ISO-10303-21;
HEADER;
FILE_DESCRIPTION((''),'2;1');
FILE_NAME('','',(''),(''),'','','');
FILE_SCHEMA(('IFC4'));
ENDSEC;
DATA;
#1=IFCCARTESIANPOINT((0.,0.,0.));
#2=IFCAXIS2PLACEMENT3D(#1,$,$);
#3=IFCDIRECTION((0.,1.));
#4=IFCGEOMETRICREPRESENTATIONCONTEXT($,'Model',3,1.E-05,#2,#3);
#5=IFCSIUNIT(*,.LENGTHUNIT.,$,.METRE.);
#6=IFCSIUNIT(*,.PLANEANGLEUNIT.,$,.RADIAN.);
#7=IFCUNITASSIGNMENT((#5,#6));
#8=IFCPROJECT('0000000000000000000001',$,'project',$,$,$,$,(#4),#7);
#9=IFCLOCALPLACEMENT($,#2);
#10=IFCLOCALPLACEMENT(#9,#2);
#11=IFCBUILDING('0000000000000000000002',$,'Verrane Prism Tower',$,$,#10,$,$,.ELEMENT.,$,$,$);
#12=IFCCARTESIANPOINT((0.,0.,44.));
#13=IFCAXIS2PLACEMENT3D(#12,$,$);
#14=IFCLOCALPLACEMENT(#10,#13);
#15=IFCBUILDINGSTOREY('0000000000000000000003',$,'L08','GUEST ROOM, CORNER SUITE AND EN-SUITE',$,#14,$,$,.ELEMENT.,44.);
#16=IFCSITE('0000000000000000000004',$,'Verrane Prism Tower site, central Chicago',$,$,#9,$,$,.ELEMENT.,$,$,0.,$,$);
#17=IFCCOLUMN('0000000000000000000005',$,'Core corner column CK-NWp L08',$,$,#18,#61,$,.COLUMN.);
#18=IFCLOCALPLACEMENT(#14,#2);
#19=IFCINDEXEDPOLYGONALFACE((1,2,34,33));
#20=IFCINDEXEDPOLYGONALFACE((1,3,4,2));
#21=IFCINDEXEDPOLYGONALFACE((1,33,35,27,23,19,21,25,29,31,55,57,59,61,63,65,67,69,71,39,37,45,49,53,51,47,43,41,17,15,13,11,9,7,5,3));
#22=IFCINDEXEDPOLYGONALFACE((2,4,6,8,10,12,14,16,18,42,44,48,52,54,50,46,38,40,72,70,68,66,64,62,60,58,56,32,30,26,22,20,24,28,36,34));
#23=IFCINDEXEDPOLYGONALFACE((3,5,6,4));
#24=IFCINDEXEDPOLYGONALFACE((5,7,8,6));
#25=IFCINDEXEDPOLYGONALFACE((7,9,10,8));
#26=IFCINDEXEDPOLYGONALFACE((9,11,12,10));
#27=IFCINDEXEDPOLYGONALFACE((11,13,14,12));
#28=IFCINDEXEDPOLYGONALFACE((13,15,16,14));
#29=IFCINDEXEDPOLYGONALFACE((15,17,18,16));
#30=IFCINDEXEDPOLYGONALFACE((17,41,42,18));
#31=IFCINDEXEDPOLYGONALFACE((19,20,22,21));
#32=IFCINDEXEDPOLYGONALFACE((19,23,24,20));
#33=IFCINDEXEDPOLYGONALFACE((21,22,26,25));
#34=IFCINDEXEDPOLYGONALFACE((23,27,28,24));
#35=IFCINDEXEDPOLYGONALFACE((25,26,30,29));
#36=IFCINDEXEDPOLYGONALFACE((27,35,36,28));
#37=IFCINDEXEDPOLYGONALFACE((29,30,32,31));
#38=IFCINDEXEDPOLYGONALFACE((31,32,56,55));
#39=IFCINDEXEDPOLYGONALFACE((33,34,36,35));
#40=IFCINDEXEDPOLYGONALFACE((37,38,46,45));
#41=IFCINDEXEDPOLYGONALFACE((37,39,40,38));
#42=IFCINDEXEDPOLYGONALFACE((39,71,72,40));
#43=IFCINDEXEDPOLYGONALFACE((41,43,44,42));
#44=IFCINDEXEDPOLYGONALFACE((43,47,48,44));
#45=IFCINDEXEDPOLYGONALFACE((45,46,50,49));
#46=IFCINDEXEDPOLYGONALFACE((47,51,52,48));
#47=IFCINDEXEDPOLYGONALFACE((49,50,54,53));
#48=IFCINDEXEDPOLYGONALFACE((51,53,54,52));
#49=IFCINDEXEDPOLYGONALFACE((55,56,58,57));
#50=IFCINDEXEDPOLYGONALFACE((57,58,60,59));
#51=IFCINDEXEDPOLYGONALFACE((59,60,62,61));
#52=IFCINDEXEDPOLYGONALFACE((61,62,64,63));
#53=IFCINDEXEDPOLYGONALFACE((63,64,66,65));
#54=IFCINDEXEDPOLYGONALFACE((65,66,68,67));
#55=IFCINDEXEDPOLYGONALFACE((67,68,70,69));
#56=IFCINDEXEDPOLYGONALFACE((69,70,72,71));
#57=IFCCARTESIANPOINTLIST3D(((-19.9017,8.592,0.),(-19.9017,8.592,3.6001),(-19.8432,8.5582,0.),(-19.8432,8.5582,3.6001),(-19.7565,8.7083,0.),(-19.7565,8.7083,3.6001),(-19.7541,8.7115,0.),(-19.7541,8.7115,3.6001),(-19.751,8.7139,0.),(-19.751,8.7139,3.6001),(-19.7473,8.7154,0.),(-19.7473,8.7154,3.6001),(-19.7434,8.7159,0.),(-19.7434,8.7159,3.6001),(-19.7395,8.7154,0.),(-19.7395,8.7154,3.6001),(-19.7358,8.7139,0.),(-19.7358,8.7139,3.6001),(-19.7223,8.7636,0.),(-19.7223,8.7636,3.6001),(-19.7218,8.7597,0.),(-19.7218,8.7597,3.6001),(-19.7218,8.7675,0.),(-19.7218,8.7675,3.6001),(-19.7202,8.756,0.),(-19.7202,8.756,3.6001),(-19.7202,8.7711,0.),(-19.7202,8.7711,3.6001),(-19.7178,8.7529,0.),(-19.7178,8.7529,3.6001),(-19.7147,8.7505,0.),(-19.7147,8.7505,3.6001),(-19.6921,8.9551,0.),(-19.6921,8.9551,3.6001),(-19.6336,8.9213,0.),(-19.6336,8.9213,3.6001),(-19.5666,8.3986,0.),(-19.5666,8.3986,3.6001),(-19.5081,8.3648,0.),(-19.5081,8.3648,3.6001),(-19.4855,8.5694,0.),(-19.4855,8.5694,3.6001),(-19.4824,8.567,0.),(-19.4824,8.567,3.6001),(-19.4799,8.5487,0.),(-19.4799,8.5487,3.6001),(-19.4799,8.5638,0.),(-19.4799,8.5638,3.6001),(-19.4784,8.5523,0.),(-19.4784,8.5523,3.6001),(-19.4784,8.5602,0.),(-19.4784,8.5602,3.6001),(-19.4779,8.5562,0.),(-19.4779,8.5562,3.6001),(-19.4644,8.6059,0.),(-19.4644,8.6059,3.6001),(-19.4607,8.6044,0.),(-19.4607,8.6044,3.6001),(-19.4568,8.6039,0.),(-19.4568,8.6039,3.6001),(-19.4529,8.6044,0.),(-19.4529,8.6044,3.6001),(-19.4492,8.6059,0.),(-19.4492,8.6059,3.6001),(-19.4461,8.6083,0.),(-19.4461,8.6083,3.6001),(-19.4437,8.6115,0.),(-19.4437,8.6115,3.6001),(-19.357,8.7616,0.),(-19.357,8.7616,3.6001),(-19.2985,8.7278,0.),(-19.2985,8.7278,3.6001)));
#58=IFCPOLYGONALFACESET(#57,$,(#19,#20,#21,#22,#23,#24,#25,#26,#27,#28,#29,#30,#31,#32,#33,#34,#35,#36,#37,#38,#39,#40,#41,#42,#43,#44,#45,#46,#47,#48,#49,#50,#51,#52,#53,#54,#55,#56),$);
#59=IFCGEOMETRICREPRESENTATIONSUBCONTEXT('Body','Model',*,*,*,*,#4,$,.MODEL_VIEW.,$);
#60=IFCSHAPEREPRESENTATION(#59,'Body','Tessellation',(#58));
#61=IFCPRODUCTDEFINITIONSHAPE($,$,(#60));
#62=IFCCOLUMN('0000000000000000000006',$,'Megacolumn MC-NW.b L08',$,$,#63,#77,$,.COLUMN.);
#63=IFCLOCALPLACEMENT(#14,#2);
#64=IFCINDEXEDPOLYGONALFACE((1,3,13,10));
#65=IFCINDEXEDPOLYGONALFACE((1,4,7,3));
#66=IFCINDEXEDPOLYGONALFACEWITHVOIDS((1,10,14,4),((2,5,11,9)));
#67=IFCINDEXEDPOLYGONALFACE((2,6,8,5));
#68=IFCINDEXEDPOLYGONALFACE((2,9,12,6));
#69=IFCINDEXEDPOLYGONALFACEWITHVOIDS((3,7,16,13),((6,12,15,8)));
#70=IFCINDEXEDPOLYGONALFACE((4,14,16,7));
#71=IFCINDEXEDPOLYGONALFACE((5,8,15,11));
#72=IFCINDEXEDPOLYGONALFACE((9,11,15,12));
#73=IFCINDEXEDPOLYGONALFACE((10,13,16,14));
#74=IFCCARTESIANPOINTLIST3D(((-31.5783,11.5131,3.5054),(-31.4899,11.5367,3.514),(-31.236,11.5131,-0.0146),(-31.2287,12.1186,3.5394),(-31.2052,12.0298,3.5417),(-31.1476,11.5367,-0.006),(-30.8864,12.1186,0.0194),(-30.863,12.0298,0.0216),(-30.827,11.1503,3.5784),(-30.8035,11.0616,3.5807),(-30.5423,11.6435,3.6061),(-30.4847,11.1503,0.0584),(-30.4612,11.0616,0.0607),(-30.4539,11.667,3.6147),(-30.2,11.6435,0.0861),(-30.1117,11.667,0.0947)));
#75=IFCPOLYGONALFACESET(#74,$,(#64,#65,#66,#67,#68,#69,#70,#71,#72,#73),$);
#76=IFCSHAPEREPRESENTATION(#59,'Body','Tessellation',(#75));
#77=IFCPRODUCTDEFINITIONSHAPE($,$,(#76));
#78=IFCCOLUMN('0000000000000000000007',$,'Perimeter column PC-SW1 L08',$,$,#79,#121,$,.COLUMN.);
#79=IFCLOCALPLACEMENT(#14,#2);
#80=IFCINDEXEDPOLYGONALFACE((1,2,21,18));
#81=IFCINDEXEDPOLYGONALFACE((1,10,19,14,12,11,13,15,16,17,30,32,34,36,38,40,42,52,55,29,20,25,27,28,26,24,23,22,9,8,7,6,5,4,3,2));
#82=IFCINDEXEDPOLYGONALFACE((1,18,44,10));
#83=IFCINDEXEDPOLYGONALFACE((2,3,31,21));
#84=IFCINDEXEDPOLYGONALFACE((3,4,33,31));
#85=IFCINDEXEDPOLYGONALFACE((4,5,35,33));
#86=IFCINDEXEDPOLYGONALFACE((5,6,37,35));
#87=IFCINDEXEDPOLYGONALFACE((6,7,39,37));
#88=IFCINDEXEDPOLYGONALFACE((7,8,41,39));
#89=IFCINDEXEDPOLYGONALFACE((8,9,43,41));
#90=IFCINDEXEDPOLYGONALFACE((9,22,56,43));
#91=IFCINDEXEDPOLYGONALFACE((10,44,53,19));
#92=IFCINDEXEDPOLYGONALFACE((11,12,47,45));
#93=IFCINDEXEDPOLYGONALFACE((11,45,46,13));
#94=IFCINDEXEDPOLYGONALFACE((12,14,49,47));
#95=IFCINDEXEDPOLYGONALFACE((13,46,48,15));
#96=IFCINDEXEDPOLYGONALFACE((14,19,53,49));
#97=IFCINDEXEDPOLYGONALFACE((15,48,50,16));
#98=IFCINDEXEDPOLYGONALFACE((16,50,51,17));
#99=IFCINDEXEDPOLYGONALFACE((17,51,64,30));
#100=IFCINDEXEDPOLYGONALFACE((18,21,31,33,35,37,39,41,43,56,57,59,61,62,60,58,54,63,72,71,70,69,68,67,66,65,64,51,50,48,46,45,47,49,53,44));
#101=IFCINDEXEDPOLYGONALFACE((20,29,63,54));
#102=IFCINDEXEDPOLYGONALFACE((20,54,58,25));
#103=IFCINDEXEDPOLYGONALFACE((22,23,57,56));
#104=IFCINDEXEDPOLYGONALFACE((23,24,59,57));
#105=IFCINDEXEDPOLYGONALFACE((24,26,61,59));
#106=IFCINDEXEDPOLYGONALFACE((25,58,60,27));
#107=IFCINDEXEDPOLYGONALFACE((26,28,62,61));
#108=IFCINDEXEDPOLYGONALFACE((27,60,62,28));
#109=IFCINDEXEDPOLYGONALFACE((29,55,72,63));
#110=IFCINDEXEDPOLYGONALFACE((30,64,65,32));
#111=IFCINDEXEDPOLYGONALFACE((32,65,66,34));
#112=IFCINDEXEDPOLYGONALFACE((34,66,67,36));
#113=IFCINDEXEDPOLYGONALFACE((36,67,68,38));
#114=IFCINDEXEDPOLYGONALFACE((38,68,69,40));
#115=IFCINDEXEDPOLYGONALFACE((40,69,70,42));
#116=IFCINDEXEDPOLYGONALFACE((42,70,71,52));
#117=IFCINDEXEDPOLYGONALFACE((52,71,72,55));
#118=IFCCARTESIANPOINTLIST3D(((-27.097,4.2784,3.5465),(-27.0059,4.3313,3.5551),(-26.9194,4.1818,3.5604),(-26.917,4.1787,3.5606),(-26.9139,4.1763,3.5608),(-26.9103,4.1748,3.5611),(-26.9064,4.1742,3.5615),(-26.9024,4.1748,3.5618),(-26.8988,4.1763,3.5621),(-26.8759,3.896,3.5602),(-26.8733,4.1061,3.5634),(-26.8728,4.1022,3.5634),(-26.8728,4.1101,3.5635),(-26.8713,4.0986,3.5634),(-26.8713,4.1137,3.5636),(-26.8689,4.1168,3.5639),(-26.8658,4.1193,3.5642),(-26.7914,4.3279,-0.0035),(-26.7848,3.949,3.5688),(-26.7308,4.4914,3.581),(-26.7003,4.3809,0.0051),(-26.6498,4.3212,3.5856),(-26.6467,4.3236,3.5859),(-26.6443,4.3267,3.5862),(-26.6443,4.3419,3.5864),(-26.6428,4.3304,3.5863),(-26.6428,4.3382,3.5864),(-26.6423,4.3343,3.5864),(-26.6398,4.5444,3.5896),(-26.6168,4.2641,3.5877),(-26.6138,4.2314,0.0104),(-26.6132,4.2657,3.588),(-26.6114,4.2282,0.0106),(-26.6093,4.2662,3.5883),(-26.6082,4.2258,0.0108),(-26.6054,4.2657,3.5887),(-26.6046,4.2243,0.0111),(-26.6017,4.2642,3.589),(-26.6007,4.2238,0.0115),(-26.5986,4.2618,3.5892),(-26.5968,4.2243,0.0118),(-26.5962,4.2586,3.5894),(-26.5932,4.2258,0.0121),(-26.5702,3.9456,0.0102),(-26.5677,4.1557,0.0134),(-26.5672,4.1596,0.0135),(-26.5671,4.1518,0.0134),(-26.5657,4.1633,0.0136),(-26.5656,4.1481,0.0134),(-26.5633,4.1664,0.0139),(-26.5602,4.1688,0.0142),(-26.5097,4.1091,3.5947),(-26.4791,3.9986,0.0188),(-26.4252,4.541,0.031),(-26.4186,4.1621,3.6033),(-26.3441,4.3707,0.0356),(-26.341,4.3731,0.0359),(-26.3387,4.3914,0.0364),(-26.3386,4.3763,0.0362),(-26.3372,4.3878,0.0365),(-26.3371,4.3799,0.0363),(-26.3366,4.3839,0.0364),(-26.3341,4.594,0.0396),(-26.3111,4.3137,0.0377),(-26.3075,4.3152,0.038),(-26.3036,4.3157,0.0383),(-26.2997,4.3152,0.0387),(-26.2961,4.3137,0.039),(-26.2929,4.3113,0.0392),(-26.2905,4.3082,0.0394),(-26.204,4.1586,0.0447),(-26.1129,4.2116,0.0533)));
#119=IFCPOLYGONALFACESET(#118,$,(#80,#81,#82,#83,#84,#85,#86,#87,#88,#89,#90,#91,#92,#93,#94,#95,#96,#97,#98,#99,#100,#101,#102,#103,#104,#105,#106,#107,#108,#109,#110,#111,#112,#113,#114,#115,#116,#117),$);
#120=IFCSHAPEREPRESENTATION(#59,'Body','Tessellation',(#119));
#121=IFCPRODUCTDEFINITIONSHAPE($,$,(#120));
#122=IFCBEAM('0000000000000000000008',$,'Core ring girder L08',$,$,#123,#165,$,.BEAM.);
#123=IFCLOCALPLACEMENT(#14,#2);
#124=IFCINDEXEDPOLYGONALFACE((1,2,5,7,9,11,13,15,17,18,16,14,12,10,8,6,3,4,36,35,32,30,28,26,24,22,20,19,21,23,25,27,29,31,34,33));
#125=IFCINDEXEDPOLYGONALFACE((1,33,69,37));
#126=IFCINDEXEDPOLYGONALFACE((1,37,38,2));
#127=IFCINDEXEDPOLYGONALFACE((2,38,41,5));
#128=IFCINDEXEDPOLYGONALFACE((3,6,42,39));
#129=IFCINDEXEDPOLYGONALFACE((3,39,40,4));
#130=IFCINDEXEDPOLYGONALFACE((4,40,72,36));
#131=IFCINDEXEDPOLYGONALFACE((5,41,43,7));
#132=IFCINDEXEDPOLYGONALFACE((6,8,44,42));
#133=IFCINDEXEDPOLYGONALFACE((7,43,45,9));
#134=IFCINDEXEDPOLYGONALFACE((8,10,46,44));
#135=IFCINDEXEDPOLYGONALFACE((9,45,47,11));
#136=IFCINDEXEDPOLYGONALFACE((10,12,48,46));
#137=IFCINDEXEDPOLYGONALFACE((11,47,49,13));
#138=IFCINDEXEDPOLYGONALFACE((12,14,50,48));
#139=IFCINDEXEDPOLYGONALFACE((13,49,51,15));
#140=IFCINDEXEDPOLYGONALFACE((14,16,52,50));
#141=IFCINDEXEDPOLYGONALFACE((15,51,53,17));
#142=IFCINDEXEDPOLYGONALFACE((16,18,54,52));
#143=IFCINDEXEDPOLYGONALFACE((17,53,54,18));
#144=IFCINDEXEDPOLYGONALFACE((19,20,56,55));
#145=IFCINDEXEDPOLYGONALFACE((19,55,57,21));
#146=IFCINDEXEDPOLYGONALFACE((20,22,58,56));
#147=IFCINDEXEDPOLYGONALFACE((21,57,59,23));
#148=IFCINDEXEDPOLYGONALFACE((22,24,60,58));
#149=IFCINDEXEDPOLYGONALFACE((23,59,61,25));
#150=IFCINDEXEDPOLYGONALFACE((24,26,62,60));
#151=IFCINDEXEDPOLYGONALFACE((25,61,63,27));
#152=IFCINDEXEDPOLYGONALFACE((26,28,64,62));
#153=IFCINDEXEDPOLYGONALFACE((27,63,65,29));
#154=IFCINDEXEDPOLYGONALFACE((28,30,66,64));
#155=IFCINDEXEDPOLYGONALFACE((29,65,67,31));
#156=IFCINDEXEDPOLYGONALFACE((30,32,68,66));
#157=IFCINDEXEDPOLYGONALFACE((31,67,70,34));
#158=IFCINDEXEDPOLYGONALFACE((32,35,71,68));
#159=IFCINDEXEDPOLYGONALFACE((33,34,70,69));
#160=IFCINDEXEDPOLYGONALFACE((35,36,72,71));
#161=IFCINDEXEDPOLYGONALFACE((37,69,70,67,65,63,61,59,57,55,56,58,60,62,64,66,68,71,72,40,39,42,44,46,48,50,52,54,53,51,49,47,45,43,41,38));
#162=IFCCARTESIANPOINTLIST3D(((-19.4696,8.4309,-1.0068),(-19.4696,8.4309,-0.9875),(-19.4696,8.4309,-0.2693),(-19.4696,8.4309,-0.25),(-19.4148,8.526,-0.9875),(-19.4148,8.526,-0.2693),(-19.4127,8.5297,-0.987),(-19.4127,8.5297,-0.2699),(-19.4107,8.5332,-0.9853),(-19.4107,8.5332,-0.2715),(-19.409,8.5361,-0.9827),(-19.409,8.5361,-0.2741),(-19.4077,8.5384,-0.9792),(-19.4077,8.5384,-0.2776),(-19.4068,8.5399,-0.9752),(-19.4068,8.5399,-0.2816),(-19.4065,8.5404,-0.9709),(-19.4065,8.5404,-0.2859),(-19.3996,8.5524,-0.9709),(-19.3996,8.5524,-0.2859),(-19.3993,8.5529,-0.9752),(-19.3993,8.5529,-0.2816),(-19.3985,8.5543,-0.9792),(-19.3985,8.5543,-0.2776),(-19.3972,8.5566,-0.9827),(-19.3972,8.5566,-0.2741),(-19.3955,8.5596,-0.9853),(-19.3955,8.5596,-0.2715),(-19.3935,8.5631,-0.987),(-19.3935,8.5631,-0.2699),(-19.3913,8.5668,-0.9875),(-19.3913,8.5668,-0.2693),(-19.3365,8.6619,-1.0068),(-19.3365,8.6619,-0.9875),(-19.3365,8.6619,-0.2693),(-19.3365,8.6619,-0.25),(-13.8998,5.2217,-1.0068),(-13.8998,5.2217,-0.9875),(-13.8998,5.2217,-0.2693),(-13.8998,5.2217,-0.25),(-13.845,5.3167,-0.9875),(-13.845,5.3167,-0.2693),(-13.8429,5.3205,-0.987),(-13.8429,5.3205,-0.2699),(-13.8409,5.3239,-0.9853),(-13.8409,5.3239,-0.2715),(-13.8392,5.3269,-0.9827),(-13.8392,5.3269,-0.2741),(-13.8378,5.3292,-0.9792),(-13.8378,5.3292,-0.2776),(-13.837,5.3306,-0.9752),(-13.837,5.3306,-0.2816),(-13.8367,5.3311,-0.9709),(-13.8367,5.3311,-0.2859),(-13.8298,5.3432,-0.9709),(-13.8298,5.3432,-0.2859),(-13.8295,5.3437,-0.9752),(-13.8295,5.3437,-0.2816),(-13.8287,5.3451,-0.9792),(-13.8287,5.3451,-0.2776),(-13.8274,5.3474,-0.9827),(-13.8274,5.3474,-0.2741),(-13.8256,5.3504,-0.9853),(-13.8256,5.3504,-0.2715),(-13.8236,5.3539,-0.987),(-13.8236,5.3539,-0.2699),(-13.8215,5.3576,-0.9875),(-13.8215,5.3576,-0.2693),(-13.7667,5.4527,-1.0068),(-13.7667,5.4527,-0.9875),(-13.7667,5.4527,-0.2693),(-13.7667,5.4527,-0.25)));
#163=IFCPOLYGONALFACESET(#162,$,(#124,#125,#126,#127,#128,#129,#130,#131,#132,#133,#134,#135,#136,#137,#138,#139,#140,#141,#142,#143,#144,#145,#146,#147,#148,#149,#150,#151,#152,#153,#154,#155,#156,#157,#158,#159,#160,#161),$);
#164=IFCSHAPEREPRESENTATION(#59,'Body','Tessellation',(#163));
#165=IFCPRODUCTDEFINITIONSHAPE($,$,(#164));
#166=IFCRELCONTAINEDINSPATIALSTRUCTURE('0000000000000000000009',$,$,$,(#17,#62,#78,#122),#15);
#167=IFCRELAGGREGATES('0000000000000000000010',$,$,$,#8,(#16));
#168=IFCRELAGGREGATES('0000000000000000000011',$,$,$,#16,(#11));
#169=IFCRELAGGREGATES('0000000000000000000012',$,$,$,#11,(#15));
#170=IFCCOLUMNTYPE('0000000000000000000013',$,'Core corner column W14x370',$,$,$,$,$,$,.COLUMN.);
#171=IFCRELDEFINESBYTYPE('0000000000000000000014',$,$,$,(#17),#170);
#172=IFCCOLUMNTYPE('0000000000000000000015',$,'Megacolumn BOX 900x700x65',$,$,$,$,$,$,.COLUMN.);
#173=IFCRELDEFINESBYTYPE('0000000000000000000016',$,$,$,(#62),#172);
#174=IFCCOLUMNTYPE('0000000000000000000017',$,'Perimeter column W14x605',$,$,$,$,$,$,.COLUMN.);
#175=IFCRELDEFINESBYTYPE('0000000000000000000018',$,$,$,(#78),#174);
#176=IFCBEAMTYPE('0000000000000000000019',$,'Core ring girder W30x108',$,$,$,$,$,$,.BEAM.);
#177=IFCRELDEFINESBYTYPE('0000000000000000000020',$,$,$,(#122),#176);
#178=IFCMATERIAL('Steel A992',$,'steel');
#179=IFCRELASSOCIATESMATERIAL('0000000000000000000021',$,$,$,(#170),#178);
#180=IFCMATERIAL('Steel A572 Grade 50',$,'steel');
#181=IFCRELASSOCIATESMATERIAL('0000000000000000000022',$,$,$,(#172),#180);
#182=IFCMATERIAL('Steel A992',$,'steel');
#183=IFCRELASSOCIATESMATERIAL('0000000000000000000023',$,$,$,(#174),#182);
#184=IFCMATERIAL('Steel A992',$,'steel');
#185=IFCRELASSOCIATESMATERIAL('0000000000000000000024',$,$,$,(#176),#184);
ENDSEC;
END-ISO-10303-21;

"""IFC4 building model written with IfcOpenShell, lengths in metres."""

from ifc_helpers import new_model, si_unit, direction, frame, origin, origin_2d, place, context, subcontext, project, spatial, hollow_rectangle, i_section, extrude, material, material_profile, profile_set, type_object, element, save


model = new_model("IFC4")

# Units and contexts
model_context = context("Model", 3, precision=1e-05, world=origin(), true_north=direction((0.0, 1.0)))
body_context = subcontext(model_context, "Body", "Model", "MODEL_VIEW")
ifc_project = project(units=[si_unit("LENGTHUNIT", "METRE"), si_unit("PLANEANGLEUNIT", "RADIAN")], contexts=[model_context])

# Site, building, storey
site_placement = place(None, origin())
site = spatial("IfcSite", under=ifc_project, at=site_placement, Name="Verrane Prism Tower site, central Chicago", CompositionType="ELEMENT", RefElevation=0.0)
building_placement = place(site_placement, origin())
building = spatial("IfcBuilding", under=site, at=building_placement, Name="Verrane Prism Tower", CompositionType="ELEMENT")
storey_placement = place(building_placement, frame((0.0, 0.0, 44.0)))
storey = spatial("IfcBuildingStorey", under=building, at=storey_placement, Name="L08", Description="GUEST ROOM, CORNER SUITE AND EN-SUITE", CompositionType="ELEMENT", Elevation=44.0)

# Columns
ifc_material_1 = material(Name="Steel A992", Category="steel")
ifc_material_profile_1 = material_profile(ifc_material_1, i_section(OverallWidth=0.4192, OverallDepth=0.4546, WebThickness=0.0422, FlangeThickness=0.0676, FilletRadius=0.0151, at=origin_2d()), Name="W14x370")
ifc_profile_set_1 = profile_set([ifc_material_profile_1], Name="Steel A992")
column_type_1 = type_object("IfcColumnType", Name="Core corner column W14x370", PredefinedType="COLUMN", material=ifc_profile_set_1)
column_1_placement = place(storey_placement, frame((-19.6001, 8.6599, 0.0), z_axis=(0.0, 0.0, 1.0), x_axis=(0.5, 0.866025, 0.0)))
element("IfcColumn", 1, at=column_1_placement, inside=storey, type_object=column_type_1, Name="Core corner column CK-NWp L08", PredefinedType="COLUMN", context=body_context, shape_type="SweptSolid", body=[
    extrude(i_section(OverallWidth=0.4192, OverallDepth=0.4546, WebThickness=0.0422, FlangeThickness=0.0676, FilletRadius=0.0151, at=origin_2d()), origin(), (0.0, 0.0, 1.0), 3.6001),
])
ifc_material_2 = material(Name="Steel A572 Grade 50", Category="steel")
ifc_material_profile_2 = material_profile(ifc_material_2, hollow_rectangle(XDim=0.7, YDim=0.8999, WallThickness=0.0649, at=origin_2d()), Name="BOX 900x700x65")
ifc_profile_set_2 = profile_set([ifc_material_profile_2], Name="Steel A572 Grade 50")
column_type_2 = type_object("IfcColumnType", Name="Megacolumn BOX 900x700x65", PredefinedType="COLUMN", material=ifc_profile_set_2)
column_2_placement = place(storey_placement, frame((-30.6738, 11.5901, 0.04), z_axis=(-0.096783, 0.0, 0.995305), x_axis=(0.499409, 0.865004, 0.048562)))
element("IfcColumn", 2, at=column_2_placement, inside=storey, type_object=column_type_2, Name="Megacolumn MC-NW.b L08", PredefinedType="COLUMN", context=body_context, shape_type="SweptSolid", body=[
    extrude(hollow_rectangle(XDim=0.7, YDim=0.8999, WallThickness=0.0649, at=origin_2d()), origin(), (0.0, 0.0, 1.0), 3.5366),
])
ifc_material_3 = material(Name="Steel A992", Category="steel")
ifc_material_profile_3 = material_profile(ifc_material_3, i_section(OverallWidth=0.4419, OverallDepth=0.5308, WebThickness=0.0659, FlangeThickness=0.1057, FilletRadius=0.0151, at=origin_2d()), Name="W14x605")
ifc_profile_set_3 = profile_set([ifc_material_profile_3], Name="Steel A992")
column_type_3 = type_object("IfcColumnType", Name="Perimeter column W14x605", PredefinedType="COLUMN", material=ifc_profile_set_3)
column_3_placement = place(storey_placement, frame((-26.4521, 4.2698, 0.0249), z_axis=(-0.085776, -0.013908, 0.996217), x_axis=(-0.500476, 0.865195, -0.031013)))
element("IfcColumn", 3, at=column_3_placement, inside=storey, type_object=column_type_3, Name="Perimeter column PC-SW1 L08", PredefinedType="COLUMN", context=body_context, shape_type="SweptSolid", body=[
    extrude(i_section(OverallWidth=0.4419, OverallDepth=0.5308, WebThickness=0.0659, FlangeThickness=0.1057, FilletRadius=0.0151, at=origin_2d()), origin(), (0.0, 0.0, 1.0), 3.5635),
])

# Beam
ifc_material_4 = material(Name="Steel A992", Category="steel")
ifc_material_profile_4 = material_profile(ifc_material_4, i_section(OverallWidth=0.2666, OverallDepth=0.7568, WebThickness=0.0139, FlangeThickness=0.0193, FilletRadius=0.0166, at=origin_2d()), Name="W30x108")
ifc_profile_set_4 = profile_set([ifc_material_profile_4], Name="Steel A992")
beam_type_1 = type_object("IfcBeamType", Name="Core ring girder W30x108", PredefinedType="BEAM", material=ifc_profile_set_4)
beam_1_placement = place(storey_placement, frame((-19.4031, 8.5464, -0.6284), z_axis=(0.866464, -0.49924, 0.0), x_axis=(0.49924, 0.866464, 0.0)))
element("IfcBeam", 4, at=beam_1_placement, inside=storey, type_object=beam_type_1, Name="Core ring girder L08", PredefinedType="BEAM", context=body_context, shape_type="SweptSolid", body=[
    extrude(i_section(OverallWidth=0.2666, OverallDepth=0.7568, WebThickness=0.0139, FlangeThickness=0.0193, FilletRadius=0.0166, at=origin_2d()), origin(), (0.0, 0.0, 1.0), 6.4282),
])

save(model, "model.ifc")
